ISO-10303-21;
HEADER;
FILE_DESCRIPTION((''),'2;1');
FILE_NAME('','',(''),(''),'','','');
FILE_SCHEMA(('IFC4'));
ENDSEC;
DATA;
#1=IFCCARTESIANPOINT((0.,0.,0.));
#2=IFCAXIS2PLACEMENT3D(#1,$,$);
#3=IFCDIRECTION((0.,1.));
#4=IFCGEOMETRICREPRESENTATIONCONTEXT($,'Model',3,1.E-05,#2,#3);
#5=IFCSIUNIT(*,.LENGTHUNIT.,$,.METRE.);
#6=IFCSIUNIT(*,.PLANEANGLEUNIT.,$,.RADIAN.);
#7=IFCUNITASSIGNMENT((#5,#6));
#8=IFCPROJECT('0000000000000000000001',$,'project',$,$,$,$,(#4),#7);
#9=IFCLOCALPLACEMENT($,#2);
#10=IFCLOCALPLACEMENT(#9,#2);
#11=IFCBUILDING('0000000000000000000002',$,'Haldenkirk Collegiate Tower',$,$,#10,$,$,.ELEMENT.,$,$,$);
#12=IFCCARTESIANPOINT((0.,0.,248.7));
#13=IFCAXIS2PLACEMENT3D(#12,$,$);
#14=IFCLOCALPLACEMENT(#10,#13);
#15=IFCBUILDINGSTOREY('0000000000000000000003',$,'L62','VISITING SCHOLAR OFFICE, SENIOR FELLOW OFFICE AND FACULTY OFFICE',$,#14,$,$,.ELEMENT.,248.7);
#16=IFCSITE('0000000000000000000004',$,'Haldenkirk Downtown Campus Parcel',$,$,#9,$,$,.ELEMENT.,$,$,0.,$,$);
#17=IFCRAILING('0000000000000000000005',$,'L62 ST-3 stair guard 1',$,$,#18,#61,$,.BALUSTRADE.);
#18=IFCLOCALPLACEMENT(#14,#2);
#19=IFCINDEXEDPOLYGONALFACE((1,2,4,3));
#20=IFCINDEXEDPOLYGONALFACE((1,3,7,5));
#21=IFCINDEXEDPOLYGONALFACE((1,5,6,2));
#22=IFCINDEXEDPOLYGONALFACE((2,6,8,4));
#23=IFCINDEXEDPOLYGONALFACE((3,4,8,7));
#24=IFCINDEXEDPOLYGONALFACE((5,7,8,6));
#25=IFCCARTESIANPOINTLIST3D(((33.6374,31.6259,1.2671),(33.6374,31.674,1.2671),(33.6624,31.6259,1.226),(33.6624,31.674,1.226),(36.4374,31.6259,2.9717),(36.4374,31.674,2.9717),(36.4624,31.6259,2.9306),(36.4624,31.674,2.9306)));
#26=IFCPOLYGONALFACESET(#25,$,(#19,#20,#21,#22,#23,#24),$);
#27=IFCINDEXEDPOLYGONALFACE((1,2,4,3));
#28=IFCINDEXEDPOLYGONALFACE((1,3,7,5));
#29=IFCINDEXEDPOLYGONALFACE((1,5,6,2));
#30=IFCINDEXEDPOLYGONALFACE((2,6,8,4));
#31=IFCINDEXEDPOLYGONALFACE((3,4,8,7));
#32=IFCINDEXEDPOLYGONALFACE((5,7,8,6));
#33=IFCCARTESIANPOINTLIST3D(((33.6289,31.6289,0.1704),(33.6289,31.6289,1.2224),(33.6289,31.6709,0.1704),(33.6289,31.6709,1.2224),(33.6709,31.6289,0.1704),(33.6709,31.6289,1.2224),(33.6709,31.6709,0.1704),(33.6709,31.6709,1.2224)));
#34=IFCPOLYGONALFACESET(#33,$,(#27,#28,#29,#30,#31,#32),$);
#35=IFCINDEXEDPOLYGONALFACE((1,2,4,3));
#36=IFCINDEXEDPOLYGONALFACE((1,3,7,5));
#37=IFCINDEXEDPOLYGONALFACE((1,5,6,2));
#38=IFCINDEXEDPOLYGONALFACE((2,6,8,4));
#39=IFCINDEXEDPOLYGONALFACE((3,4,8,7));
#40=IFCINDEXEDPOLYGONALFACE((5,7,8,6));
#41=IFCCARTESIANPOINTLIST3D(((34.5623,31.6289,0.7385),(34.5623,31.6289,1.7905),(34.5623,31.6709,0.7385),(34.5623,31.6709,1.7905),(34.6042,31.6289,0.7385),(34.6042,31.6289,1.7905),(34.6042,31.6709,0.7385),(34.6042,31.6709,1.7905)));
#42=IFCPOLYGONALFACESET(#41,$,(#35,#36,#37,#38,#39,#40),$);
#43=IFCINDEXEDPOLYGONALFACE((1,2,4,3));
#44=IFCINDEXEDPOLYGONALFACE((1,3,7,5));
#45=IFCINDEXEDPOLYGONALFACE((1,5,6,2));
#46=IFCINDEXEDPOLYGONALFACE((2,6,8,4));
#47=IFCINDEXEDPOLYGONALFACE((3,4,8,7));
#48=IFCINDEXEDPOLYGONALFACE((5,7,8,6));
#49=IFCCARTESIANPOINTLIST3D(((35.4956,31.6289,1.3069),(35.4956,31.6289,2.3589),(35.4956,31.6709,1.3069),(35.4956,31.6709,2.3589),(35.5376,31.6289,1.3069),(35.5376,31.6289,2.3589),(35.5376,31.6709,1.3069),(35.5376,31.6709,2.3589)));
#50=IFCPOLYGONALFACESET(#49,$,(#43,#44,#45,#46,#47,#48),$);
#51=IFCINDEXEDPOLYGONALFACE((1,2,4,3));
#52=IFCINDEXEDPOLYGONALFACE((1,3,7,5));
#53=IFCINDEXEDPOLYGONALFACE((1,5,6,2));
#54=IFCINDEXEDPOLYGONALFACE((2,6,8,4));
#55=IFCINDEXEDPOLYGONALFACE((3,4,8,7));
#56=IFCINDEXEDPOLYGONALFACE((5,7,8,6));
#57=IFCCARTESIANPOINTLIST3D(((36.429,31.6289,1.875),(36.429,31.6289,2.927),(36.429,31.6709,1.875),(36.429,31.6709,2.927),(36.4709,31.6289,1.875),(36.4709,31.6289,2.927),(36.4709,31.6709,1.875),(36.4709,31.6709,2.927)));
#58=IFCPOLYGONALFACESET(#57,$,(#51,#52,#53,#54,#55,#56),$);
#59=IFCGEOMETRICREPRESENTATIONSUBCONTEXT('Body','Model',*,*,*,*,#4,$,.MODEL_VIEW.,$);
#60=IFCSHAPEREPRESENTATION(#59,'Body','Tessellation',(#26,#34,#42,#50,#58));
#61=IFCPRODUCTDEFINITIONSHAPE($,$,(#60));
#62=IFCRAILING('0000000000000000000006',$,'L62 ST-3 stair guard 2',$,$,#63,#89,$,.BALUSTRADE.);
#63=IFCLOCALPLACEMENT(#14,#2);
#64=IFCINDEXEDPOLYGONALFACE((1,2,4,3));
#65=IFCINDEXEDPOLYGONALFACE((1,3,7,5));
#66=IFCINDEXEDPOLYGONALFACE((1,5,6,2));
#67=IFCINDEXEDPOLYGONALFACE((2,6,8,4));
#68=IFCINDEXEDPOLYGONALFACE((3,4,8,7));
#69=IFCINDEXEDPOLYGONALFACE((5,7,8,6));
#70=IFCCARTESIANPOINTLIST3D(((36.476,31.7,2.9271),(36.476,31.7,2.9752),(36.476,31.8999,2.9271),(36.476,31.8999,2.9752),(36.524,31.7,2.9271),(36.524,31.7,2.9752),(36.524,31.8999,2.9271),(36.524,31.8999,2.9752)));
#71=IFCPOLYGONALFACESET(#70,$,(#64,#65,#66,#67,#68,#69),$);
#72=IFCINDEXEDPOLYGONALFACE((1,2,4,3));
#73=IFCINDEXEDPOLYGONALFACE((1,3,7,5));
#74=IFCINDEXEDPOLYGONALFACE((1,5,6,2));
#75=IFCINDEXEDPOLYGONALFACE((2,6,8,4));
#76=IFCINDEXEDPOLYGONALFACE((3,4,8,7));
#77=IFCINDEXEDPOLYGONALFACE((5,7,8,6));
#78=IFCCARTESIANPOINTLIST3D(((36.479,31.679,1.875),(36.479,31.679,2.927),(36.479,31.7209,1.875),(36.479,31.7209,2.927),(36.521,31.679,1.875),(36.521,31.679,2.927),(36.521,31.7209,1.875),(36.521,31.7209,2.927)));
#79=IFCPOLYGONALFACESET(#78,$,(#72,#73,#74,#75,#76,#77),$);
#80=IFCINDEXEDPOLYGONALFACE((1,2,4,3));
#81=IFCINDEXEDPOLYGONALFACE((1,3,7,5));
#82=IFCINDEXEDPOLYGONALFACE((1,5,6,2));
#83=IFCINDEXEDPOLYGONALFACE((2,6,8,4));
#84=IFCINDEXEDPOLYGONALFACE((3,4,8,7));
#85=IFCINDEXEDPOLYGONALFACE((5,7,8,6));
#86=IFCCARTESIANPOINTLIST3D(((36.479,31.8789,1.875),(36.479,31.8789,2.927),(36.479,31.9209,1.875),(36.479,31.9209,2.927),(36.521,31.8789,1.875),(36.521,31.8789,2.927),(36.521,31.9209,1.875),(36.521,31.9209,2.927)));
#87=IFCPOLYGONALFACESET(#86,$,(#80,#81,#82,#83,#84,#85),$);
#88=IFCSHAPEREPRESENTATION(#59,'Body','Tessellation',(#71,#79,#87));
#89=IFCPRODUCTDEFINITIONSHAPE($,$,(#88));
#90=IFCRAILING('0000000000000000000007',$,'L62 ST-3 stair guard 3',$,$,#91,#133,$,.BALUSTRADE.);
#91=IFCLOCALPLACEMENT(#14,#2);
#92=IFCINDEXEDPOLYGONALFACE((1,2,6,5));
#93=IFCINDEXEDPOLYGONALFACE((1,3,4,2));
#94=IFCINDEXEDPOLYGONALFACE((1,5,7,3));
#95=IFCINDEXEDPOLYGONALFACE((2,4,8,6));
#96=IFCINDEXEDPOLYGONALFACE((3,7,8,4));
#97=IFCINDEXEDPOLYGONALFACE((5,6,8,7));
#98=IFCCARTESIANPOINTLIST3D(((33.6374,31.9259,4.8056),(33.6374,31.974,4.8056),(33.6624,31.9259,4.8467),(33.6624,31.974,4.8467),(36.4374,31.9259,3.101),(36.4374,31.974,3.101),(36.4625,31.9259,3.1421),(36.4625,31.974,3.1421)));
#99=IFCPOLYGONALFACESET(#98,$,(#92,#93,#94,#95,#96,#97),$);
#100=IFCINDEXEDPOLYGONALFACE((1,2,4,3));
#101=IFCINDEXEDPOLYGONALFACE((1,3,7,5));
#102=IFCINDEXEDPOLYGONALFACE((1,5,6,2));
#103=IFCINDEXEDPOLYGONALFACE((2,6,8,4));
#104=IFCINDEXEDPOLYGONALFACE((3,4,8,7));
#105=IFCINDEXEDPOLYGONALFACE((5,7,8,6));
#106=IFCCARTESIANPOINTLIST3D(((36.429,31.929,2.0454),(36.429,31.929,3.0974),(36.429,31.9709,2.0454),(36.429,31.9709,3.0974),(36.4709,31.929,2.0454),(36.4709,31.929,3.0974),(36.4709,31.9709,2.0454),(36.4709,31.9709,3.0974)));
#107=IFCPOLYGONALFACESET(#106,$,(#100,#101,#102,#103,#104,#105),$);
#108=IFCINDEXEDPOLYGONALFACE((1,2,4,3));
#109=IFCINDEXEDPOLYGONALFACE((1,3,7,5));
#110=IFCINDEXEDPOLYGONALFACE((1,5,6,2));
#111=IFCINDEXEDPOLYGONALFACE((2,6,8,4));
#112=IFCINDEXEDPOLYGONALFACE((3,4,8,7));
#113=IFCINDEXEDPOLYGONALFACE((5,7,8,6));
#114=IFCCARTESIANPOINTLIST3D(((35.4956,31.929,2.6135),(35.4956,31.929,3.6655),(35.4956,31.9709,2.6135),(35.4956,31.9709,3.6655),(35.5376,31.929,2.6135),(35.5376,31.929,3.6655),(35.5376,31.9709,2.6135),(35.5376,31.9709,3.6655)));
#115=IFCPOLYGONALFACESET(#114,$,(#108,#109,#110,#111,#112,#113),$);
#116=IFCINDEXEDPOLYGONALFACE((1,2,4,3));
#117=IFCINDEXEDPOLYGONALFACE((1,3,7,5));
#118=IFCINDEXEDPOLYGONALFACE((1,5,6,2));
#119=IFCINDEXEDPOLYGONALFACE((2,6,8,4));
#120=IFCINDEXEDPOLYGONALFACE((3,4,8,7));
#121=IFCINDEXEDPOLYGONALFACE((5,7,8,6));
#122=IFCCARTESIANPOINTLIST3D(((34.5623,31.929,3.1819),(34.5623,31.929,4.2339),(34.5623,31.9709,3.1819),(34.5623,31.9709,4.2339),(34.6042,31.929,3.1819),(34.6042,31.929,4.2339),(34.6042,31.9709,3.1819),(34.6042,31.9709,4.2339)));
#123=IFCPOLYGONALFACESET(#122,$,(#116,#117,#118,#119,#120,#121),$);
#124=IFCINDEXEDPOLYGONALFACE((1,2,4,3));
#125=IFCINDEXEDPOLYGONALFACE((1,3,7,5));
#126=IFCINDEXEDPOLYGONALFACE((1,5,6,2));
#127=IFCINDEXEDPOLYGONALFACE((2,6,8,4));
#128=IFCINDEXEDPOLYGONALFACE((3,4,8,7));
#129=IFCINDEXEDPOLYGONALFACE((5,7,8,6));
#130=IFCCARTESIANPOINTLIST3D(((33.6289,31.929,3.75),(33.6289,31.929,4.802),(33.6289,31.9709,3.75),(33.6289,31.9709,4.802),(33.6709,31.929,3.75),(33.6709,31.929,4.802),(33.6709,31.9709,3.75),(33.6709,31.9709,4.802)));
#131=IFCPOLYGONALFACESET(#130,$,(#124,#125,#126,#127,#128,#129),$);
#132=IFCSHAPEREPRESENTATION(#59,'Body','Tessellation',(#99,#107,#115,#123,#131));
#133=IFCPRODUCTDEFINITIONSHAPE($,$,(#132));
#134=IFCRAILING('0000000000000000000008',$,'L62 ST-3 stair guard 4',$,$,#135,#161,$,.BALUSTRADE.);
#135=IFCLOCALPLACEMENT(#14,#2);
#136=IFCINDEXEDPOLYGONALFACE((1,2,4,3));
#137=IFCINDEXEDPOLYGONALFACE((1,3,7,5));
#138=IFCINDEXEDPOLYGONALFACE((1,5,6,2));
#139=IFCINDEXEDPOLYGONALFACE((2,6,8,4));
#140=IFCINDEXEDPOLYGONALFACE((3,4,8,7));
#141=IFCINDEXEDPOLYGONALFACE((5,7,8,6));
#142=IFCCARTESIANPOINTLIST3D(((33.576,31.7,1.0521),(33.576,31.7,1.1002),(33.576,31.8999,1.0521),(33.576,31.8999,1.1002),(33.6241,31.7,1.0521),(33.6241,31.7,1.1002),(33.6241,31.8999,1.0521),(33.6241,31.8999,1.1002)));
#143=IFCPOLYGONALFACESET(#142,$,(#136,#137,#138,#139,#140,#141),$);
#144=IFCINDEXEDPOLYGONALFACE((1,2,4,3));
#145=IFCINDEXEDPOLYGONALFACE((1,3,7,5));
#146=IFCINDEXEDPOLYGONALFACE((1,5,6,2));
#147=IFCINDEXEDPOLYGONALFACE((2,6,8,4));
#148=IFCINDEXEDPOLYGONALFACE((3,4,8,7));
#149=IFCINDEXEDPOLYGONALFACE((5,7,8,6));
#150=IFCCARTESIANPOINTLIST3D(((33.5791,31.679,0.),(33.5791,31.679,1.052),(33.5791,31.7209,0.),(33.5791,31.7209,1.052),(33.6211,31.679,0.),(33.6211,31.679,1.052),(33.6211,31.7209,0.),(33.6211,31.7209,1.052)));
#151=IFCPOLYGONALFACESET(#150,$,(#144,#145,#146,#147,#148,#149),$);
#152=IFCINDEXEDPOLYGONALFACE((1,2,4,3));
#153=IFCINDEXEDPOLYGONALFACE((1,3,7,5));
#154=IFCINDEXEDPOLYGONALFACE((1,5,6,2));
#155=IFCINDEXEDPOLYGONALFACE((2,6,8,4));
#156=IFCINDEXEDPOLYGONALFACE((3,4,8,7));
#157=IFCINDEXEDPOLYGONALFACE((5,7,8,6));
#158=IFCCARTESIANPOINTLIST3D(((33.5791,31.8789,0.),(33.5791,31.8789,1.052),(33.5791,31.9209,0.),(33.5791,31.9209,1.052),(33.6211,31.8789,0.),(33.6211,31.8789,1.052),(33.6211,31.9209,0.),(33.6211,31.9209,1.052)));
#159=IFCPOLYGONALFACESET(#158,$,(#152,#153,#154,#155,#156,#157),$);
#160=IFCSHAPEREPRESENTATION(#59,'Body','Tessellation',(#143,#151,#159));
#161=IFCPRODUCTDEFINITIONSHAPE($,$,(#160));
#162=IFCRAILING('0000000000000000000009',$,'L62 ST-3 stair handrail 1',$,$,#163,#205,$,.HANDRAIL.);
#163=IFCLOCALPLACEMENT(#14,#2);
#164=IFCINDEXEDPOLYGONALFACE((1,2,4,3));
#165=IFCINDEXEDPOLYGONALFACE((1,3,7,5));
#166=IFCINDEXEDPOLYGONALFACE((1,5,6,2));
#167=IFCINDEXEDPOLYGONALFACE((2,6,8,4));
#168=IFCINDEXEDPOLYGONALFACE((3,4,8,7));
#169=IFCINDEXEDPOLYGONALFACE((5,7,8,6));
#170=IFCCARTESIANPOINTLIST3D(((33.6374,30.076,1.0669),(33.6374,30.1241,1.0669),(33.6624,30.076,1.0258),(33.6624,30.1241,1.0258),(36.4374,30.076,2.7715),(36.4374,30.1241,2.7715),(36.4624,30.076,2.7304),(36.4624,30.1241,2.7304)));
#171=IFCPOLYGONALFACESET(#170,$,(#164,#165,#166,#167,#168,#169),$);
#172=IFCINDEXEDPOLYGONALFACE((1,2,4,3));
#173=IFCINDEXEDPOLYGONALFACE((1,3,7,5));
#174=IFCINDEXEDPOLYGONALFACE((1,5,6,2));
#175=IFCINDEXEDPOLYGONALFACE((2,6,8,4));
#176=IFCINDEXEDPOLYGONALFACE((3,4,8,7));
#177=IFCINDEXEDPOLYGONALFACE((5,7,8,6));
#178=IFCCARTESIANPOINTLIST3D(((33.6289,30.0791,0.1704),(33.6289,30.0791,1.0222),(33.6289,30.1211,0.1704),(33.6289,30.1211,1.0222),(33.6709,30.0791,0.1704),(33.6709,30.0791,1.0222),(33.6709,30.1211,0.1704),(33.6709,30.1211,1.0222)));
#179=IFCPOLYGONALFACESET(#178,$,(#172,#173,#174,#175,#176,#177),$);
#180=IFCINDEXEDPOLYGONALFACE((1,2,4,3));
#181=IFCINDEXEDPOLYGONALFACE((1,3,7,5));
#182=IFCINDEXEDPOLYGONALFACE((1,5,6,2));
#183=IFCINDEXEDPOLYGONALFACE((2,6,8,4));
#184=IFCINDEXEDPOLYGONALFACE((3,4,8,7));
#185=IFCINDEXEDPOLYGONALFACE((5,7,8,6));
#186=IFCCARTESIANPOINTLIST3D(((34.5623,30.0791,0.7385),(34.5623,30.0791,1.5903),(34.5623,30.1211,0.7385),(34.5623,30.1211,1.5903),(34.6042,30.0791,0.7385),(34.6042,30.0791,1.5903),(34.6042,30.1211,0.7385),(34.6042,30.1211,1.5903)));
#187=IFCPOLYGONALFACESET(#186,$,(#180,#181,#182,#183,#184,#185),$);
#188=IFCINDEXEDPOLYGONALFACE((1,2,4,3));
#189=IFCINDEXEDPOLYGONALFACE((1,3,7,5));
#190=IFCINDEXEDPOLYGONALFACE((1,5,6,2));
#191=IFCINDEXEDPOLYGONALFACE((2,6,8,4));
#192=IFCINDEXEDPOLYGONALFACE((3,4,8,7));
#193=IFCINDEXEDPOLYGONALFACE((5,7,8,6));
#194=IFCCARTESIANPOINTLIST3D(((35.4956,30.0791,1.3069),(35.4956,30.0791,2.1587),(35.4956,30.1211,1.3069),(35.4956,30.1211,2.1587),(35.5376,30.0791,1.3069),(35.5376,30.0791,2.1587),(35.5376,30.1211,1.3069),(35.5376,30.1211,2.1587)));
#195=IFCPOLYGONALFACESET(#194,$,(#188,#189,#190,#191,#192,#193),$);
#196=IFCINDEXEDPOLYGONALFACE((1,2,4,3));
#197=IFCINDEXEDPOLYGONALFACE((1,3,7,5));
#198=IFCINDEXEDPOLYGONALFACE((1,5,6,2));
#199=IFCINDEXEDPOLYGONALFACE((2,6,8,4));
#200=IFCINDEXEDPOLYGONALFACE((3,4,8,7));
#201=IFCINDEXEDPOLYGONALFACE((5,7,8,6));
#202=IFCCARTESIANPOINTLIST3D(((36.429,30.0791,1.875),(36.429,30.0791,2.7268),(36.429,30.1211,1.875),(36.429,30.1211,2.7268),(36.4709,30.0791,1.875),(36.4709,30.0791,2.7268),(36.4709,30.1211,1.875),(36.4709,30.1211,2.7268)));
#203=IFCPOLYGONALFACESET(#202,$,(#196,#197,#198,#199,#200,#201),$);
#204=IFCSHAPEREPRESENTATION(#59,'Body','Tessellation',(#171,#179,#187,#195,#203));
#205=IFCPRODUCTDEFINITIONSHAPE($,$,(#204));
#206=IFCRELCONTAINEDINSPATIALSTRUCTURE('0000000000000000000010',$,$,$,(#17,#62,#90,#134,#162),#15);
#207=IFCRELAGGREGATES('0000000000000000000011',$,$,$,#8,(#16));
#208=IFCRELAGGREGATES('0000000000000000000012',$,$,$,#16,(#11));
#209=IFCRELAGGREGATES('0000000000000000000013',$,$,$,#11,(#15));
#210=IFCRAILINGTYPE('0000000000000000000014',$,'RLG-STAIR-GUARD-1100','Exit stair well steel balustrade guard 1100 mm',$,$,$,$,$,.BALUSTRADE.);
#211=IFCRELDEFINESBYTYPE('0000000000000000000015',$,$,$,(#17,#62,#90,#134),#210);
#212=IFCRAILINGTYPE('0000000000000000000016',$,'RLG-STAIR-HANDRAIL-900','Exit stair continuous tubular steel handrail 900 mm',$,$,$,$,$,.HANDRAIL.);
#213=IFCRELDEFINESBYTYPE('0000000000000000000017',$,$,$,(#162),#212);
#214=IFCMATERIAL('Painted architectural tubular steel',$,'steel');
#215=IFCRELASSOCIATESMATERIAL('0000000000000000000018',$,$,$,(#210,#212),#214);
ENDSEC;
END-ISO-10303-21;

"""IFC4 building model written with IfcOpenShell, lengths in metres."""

from ifc_helpers import new_model, si_unit, direction, frame, origin, origin_2d, place, context, subcontext, project, spatial, rectangle, extrude, material, type_object, element, save


model = new_model("IFC4")

# Units and contexts
model_context = context("Model", 3, precision=1e-05, world=origin(), true_north=direction((0.0, 1.0)))
body_context = subcontext(model_context, "Body", "Model", "MODEL_VIEW")
ifc_project = project(units=[si_unit("LENGTHUNIT", "METRE"), si_unit("PLANEANGLEUNIT", "RADIAN")], contexts=[model_context])

# Site, building, storey
site_placement = place(None, origin())
site = spatial("IfcSite", under=ifc_project, at=site_placement, Name="Haldenkirk Downtown Campus Parcel", CompositionType="ELEMENT", RefElevation=0.0)
building_placement = place(site_placement, origin())
building = spatial("IfcBuilding", under=site, at=building_placement, Name="Haldenkirk Collegiate Tower", CompositionType="ELEMENT")
storey_placement = place(building_placement, frame((0.0, 0.0, 248.7)))
storey = spatial("IfcBuildingStorey", under=building, at=storey_placement, Name="L62", Description="VISITING SCHOLAR OFFICE, SENIOR FELLOW OFFICE AND FACULTY OFFICE", CompositionType="ELEMENT", Elevation=248.7)

# Railings
ifc_material_1 = material(Name="Painted architectural tubular steel", Category="steel")
railing_type_1 = type_object("IfcRailingType", Name="RLG-STAIR-GUARD-1100", Description="Exit stair well steel balustrade guard 1100 mm", PredefinedType="BALUSTRADE", material=ifc_material_1)
railing_1_placement = place(storey_placement, frame((33.6499, 31.6499, 0.1704)))
element("IfcRailing", 1, at=railing_1_placement, inside=storey, type_object=railing_type_1, Name="L62 ST-3 stair guard 1", PredefinedType="BALUSTRADE", context=body_context, shape_type="SweptSolid", body=[
    extrude(rectangle(XDim=0.0481, YDim=0.0481, at=origin_2d()), frame((0.0, 0.0, 1.0762), z_axis=(0.85417, 0.0, 0.519994), x_axis=(0.0, 1.0, 0.0)), (0.0, 0.0, 1.0), 3.2781),
    extrude(rectangle(XDim=0.042, YDim=0.042, at=origin_2d()), origin(), (0.0, 0.0, 1.0), 1.052),
    extrude(rectangle(XDim=0.042, YDim=0.042, at=origin_2d()), frame((0.9333, 0.0, 0.5681)), (0.0, 0.0, 1.0), 1.052),
    extrude(rectangle(XDim=0.042, YDim=0.042, at=origin_2d()), frame((1.8667, 0.0, 1.1365)), (0.0, 0.0, 1.0), 1.052),
    extrude(rectangle(XDim=0.042, YDim=0.042, at=origin_2d()), frame((2.8, 0.0, 1.7046)), (0.0, 0.0, 1.0), 1.052),
])
railing_2_placement = place(storey_placement, frame((36.5, 31.7, 1.875)))
element("IfcRailing", 2, at=railing_2_placement, inside=storey, type_object=railing_type_1, Name="L62 ST-3 stair guard 2", PredefinedType="BALUSTRADE", context=body_context, shape_type="SweptSolid", body=[
    extrude(rectangle(XDim=0.0481, YDim=0.0481, at=origin_2d()), frame((0.0, 0.0, 1.0762), z_axis=(0.0, 1.0, 0.0), x_axis=(-1.0, 0.0, 0.0)), (0.0, 0.0, 1.0), 0.2),
    extrude(rectangle(XDim=0.042, YDim=0.042, at=origin_2d()), origin(), (0.0, 0.0, 1.0), 1.052),
    extrude(rectangle(XDim=0.042, YDim=0.042, at=origin_2d()), frame((0.0, 0.2, 0.0)), (0.0, 0.0, 1.0), 1.052),
])
railing_3_placement = place(storey_placement, frame((36.45, 31.95, 2.0454)))
element("IfcRailing", 3, at=railing_3_placement, inside=storey, type_object=railing_type_1, Name="L62 ST-3 stair guard 3", PredefinedType="BALUSTRADE", context=body_context, shape_type="SweptSolid", body=[
    extrude(rectangle(XDim=0.0481, YDim=0.0481, at=origin_2d()), frame((0.0, 0.0, 1.0762), z_axis=(-0.85417, 0.0, 0.519994), x_axis=(0.0, -1.0, 0.0)), (0.0, 0.0, 1.0), 3.2781),
    extrude(rectangle(XDim=0.042, YDim=0.042, at=origin_2d()), origin(), (0.0, 0.0, 1.0), 1.052),
    extrude(rectangle(XDim=0.042, YDim=0.042, at=origin_2d()), frame((-0.9333, 0.0, 0.5681)), (0.0, 0.0, 1.0), 1.052),
    extrude(rectangle(XDim=0.042, YDim=0.042, at=origin_2d()), frame((-1.8667, 0.0, 1.1365)), (0.0, 0.0, 1.0), 1.052),
    extrude(rectangle(XDim=0.042, YDim=0.042, at=origin_2d()), frame((-2.8, 0.0, 1.7046)), (0.0, 0.0, 1.0), 1.052),
])
railing_4_placement = place(storey_placement, frame((33.6001, 31.7, 0.0)))
element("IfcRailing", 4, at=railing_4_placement, inside=storey, type_object=railing_type_1, Name="L62 ST-3 stair guard 4", PredefinedType="BALUSTRADE", context=body_context, shape_type="SweptSolid", body=[
    extrude(rectangle(XDim=0.0481, YDim=0.0481, at=origin_2d()), frame((0.0, 0.0, 1.0762), z_axis=(0.0, 1.0, 0.0), x_axis=(-1.0, 0.0, 0.0)), (0.0, 0.0, 1.0), 0.2),
    extrude(rectangle(XDim=0.042, YDim=0.042, at=origin_2d()), origin(), (0.0, 0.0, 1.0), 1.052),
    extrude(rectangle(XDim=0.042, YDim=0.042, at=origin_2d()), frame((0.0, 0.2, 0.0)), (0.0, 0.0, 1.0), 1.052),
])
railing_type_2 = type_object("IfcRailingType", Name="RLG-STAIR-HANDRAIL-900", Description="Exit stair continuous tubular steel handrail 900 mm", PredefinedType="HANDRAIL", material=ifc_material_1)
railing_5_placement = place(storey_placement, frame((33.6499, 30.1001, 0.1704)))
element("IfcRailing", 5, at=railing_5_placement, inside=storey, type_object=railing_type_2, Name="L62 ST-3 stair handrail 1", PredefinedType="HANDRAIL", context=body_context, shape_type="SweptSolid", body=[
    extrude(rectangle(XDim=0.0481, YDim=0.0481, at=origin_2d()), frame((0.0, 0.0, 0.876), z_axis=(0.85417, 0.0, 0.519994), x_axis=(0.0, 1.0, 0.0)), (0.0, 0.0, 1.0), 3.2781),
    extrude(rectangle(XDim=0.042, YDim=0.042, at=origin_2d()), origin(), (0.0, 0.0, 1.0), 0.8518),
    extrude(rectangle(XDim=0.042, YDim=0.042, at=origin_2d()), frame((0.9333, 0.0, 0.5681)), (0.0, 0.0, 1.0), 0.8518),
    extrude(rectangle(XDim=0.042, YDim=0.042, at=origin_2d()), frame((1.8667, 0.0, 1.1365)), (0.0, 0.0, 1.0), 0.8518),
    extrude(rectangle(XDim=0.042, YDim=0.042, at=origin_2d()), frame((2.8, 0.0, 1.7046)), (0.0, 0.0, 1.0), 0.8518),
])

save(model, "model.ifc")
